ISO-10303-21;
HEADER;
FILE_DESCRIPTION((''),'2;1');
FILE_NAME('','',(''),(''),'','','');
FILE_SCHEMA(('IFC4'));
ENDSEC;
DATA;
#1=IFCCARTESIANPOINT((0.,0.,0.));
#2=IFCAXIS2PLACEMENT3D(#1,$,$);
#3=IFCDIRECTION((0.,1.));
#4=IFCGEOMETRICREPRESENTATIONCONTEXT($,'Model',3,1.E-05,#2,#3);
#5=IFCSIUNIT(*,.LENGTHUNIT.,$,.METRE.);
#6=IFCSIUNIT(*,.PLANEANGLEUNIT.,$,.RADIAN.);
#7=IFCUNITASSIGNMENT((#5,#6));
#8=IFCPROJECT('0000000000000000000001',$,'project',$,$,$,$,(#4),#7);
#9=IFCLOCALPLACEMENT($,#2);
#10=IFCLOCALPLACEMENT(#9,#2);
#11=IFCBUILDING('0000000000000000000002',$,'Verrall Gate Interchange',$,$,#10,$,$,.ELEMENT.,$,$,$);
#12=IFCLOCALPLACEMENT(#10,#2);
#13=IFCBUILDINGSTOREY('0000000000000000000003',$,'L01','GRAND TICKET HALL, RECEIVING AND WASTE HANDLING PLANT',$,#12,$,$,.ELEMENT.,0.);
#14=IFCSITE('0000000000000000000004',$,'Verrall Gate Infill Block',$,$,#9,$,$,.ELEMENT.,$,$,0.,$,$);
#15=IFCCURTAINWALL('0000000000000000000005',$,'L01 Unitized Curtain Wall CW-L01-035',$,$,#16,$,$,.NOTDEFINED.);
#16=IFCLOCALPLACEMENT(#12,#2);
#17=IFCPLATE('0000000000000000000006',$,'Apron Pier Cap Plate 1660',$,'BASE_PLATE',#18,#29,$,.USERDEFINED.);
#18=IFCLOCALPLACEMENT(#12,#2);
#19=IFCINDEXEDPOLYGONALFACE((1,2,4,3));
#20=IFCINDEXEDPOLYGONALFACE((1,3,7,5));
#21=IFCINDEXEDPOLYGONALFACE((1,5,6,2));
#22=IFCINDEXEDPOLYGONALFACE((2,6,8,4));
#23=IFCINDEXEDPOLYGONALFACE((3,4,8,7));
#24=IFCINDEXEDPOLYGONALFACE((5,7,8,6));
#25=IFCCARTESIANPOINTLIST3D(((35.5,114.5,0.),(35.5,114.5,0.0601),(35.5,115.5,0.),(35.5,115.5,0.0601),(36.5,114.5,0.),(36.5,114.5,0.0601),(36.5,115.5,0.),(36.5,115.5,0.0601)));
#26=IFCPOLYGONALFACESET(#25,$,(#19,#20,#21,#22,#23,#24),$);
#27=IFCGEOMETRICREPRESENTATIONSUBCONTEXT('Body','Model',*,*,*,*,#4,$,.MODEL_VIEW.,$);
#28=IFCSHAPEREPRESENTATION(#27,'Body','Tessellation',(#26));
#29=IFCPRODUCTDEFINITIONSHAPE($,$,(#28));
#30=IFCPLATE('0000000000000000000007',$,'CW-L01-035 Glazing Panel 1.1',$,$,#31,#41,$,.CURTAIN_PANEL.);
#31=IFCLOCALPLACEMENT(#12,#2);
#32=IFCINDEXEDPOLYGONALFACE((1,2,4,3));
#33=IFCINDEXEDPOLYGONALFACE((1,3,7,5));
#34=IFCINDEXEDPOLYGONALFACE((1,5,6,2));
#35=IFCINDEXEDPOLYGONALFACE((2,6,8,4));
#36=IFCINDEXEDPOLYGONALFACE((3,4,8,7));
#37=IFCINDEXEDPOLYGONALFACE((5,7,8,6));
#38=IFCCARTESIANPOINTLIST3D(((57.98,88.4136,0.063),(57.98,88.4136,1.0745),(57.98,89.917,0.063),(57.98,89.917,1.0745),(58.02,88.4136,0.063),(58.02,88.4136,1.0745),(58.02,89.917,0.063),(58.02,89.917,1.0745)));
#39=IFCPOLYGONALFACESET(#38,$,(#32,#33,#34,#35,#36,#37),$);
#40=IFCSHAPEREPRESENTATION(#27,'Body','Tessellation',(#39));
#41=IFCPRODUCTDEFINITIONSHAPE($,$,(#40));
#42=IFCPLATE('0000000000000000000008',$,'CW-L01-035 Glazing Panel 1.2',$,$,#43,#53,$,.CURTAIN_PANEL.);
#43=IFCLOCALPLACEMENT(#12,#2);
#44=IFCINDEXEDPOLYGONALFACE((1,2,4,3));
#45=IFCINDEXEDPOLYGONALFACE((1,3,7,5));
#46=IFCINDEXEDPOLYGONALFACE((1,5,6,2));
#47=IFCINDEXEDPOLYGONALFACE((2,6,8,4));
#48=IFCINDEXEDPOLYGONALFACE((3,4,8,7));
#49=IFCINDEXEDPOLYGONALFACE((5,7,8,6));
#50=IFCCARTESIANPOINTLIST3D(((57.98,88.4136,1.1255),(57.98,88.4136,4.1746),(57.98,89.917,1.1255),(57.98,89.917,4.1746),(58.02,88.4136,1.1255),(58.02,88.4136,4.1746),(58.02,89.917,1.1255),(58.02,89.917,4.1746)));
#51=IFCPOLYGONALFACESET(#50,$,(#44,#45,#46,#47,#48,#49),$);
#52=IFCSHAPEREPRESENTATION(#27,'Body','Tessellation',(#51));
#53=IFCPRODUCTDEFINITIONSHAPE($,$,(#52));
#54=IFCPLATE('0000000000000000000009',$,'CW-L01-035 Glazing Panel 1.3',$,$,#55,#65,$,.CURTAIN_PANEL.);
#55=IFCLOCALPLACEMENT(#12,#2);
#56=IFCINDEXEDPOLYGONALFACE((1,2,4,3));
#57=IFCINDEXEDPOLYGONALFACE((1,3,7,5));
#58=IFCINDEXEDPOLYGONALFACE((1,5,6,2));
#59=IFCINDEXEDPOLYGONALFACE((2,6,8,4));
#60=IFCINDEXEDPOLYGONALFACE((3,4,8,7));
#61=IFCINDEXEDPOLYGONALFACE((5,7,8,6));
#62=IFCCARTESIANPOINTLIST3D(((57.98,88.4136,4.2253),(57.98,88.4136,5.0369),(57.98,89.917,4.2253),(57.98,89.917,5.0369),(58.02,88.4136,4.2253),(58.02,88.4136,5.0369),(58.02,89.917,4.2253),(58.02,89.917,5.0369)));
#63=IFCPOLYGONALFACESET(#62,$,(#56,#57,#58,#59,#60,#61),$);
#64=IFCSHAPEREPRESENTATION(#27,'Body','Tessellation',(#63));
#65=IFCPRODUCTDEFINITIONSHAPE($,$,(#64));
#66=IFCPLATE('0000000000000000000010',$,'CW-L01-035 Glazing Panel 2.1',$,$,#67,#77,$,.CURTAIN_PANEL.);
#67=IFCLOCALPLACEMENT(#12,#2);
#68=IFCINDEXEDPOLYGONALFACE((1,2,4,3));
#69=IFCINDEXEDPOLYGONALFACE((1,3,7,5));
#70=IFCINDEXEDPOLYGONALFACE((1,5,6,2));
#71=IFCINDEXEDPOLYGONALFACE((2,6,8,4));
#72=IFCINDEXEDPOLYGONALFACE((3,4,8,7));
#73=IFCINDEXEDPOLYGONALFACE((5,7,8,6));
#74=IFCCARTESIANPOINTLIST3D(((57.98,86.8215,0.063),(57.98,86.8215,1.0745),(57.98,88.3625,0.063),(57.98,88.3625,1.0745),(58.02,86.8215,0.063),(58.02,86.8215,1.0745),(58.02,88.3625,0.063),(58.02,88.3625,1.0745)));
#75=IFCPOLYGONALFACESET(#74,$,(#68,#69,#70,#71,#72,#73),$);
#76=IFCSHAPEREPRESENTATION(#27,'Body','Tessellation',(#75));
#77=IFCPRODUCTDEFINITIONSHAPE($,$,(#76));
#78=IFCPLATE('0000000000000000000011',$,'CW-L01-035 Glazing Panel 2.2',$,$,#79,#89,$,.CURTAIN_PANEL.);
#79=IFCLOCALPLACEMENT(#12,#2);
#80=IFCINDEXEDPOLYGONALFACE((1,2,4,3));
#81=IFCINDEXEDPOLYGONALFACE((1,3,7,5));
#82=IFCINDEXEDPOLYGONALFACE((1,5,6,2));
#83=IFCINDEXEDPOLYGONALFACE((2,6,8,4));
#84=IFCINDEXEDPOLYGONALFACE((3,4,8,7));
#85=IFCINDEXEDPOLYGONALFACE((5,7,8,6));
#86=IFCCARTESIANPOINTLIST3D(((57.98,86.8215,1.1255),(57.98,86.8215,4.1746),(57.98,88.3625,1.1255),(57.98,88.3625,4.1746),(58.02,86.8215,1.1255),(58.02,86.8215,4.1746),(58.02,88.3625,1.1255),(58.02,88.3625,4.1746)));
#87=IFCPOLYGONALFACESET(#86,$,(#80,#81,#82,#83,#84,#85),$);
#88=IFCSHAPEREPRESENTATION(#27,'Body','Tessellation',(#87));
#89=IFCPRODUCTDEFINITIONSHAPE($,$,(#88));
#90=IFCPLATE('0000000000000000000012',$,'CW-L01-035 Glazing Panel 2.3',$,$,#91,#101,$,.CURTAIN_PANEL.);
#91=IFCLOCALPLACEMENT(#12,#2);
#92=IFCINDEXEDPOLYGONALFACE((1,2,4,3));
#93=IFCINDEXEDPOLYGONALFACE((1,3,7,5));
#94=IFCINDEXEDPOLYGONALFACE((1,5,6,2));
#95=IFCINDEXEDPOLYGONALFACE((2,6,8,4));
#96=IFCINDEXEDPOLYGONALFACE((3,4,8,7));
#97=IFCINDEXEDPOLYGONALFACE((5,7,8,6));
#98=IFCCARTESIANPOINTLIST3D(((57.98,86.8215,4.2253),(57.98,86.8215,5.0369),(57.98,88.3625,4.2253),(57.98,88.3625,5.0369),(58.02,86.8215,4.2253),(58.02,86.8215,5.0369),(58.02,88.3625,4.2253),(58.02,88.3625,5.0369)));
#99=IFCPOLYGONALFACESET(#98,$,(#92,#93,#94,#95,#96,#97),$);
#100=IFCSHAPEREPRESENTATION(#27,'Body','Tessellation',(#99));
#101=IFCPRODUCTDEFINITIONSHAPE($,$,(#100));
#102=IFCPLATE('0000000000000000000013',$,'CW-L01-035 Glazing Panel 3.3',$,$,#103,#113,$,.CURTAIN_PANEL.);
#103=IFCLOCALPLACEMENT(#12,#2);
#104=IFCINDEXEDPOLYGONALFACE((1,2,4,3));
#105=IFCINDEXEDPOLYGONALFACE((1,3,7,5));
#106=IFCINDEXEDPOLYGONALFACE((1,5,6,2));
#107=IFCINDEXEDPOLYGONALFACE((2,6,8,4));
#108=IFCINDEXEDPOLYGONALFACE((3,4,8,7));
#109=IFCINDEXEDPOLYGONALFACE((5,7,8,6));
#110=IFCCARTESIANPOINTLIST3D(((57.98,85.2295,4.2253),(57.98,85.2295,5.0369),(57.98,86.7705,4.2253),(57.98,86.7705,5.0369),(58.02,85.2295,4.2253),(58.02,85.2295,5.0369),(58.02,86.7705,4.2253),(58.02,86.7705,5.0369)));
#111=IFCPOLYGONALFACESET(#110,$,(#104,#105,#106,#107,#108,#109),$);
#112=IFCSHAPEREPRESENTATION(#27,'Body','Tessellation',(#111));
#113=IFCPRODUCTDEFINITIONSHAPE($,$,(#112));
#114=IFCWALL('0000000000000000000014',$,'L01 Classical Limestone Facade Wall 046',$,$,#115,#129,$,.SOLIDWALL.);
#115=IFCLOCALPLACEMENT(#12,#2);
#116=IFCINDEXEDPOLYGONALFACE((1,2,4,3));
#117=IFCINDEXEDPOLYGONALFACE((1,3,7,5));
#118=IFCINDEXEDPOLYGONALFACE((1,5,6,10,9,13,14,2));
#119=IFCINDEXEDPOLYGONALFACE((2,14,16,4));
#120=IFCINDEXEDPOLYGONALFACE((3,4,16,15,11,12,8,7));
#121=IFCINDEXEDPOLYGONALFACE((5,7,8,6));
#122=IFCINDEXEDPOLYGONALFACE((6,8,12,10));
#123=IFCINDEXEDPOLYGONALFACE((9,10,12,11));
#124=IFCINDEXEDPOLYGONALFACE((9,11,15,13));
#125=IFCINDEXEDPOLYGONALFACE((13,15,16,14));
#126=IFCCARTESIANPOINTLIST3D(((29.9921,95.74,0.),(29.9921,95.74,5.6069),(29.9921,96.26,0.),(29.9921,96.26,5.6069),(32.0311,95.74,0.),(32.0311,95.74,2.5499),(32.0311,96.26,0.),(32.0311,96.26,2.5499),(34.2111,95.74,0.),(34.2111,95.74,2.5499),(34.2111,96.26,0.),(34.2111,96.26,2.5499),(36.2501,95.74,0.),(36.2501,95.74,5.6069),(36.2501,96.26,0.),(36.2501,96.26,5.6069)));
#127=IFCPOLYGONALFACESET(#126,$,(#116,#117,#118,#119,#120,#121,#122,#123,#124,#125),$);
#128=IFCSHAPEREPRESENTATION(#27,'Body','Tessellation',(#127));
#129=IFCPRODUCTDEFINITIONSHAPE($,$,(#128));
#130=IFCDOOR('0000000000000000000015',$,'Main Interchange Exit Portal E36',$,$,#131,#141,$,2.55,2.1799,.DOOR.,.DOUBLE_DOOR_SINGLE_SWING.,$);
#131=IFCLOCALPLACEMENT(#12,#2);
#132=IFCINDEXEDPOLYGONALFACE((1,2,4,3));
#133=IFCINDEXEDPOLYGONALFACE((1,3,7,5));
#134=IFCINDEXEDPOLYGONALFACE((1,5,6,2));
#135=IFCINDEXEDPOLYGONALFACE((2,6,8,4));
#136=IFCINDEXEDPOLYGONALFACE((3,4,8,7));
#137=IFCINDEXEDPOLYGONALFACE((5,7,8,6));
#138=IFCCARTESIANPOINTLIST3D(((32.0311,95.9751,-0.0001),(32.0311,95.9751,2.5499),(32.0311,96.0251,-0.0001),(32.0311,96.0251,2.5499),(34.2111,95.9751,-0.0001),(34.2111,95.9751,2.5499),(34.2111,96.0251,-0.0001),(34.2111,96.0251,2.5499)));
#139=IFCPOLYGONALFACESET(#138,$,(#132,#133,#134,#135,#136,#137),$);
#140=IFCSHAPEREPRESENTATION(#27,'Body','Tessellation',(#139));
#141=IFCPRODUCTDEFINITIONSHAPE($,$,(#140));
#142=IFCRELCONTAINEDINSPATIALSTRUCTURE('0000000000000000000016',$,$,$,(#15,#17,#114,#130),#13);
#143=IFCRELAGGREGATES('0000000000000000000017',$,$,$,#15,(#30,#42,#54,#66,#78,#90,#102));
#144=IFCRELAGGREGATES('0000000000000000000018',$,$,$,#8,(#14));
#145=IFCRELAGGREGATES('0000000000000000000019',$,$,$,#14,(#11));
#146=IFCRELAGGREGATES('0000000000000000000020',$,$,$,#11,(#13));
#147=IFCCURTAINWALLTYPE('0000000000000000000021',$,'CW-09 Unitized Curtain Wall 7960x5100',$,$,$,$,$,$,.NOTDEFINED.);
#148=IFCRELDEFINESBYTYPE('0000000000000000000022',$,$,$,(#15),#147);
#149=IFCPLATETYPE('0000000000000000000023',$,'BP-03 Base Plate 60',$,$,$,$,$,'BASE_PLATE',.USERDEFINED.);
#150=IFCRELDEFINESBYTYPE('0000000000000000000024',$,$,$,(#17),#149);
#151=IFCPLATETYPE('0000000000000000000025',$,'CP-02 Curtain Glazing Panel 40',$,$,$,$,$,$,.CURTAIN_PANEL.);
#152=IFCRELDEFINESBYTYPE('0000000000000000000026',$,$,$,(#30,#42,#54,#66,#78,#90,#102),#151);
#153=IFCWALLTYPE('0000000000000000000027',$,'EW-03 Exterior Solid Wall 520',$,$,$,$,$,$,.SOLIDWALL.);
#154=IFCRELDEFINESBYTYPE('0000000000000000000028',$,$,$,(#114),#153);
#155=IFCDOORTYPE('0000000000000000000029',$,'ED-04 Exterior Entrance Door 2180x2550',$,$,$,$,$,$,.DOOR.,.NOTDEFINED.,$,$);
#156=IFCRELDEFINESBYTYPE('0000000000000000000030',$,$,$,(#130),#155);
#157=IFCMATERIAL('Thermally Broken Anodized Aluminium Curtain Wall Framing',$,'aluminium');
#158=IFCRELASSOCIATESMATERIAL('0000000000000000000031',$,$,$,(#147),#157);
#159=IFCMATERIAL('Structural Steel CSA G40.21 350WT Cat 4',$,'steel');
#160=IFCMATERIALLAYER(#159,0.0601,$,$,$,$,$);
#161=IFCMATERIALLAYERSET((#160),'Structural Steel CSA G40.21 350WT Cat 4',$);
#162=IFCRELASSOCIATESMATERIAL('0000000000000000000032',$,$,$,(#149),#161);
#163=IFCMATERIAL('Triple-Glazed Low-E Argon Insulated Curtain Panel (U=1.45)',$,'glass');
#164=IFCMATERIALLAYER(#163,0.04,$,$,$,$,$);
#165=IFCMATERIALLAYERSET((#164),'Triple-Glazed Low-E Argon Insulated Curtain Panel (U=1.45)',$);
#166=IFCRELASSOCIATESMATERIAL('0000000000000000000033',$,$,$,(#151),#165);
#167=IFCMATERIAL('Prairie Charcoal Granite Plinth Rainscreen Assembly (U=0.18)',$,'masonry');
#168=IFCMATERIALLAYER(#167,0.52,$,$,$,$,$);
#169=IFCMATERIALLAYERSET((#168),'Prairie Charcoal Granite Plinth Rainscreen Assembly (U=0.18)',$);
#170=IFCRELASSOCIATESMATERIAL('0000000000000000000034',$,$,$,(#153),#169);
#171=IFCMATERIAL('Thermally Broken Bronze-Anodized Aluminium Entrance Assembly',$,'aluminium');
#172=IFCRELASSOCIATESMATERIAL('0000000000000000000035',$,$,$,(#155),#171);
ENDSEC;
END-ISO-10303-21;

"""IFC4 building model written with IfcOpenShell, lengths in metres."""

from ifc_helpers import new_model, si_unit, direction, frame, frame_2d, origin, origin_2d, place, context, subcontext, project, spatial, rectangle, extrude, material, layer, layer_set, type_object, element, fill, aggregate, save


model = new_model("IFC4")

# Units and contexts
model_context = context("Model", 3, precision=1e-05, world=origin(), true_north=direction((0.0, 1.0)))
body_context = subcontext(model_context, "Body", "Model", "MODEL_VIEW")
ifc_project = project(units=[si_unit("LENGTHUNIT", "METRE"), si_unit("PLANEANGLEUNIT", "RADIAN")], contexts=[model_context])

# Site, building, storey
site_placement = place(None, origin())
site = spatial("IfcSite", under=ifc_project, at=site_placement, Name="Verrall Gate Infill Block", CompositionType="ELEMENT", RefElevation=0.0)
building_placement = place(site_placement, origin())
building = spatial("IfcBuilding", under=site, at=building_placement, Name="Verrall Gate Interchange", CompositionType="ELEMENT")
storey_placement = place(building_placement, origin())
storey = spatial("IfcBuildingStorey", under=building, at=storey_placement, Name="L01", Description="GRAND TICKET HALL, RECEIVING AND WASTE HANDLING PLANT", CompositionType="ELEMENT", Elevation=0.0)

# Curtain wall
ifc_material_1 = material(Name="Thermally Broken Anodized Aluminium Curtain Wall Framing", Category="aluminium")
curtain_wall_type = type_object("IfcCurtainWallType", Name="CW-09 Unitized Curtain Wall 7960x5100", PredefinedType="NOTDEFINED", material=ifc_material_1)
curtain_wall_placement = place(storey_placement, origin())
curtain_wall = element("IfcCurtainWall", 1, at=curtain_wall_placement, inside=storey, type_object=curtain_wall_type, Name="L01 Unitized Curtain Wall CW-L01-035", PredefinedType="NOTDEFINED")

# Plate
ifc_material_2 = material(Name="Structural Steel CSA G40.21 350WT Cat 4", Category="steel")
ifc_layer_1 = layer(ifc_material_2, 0.0601)
ifc_layer_set_1 = layer_set([ifc_layer_1], Name="Structural Steel CSA G40.21 350WT Cat 4")
plate_type_1 = type_object("IfcPlateType", Name="BP-03 Base Plate 60", ElementType="BASE_PLATE", PredefinedType="USERDEFINED", material=ifc_layer_set_1)
for number, where, z_axis, x_axis, name in (
    (2, (36.0, 115.0, 0.0), (0.0, 0.0, 1.0), (1.0, 0.0, 0.0), "Apron Pier Cap Plate 1660"),
):
    element("IfcPlate", number, at=place(storey_placement, frame(where, z_axis=z_axis, x_axis=x_axis)), inside=storey, type_object=plate_type_1, Name=name, ObjectType="BASE_PLATE", PredefinedType="USERDEFINED", context=body_context, shape_type="SweptSolid", body=[
        extrude(rectangle(XDim=1.0, YDim=1.0, at=origin_2d()), origin(), (0.0, 0.0, 1.0), 0.0601),
    ])

# Plates
ifc_material_3 = material(Name="Triple-Glazed Low-E Argon Insulated Curtain Panel (U=1.45)", Category="glass")
ifc_layer_2 = layer(ifc_material_3, 0.04)
ifc_layer_set_2 = layer_set([ifc_layer_2], Name="Triple-Glazed Low-E Argon Insulated Curtain Panel (U=1.45)")
plate_type_2 = type_object("IfcPlateType", Name="CP-02 Curtain Glazing Panel 40", PredefinedType="CURTAIN_PANEL", material=ifc_layer_set_2)
plate_1_placement = place(storey_placement, frame((58.0, 89.1653, 0.063), z_axis=(0.0, 0.0, 1.0), x_axis=(0.0, -1.0, 0.0)))
plate_1 = element("IfcPlate", 3, at=plate_1_placement, type_object=plate_type_2, Name="CW-L01-035 Glazing Panel 1.1", PredefinedType="CURTAIN_PANEL", context=body_context, shape_type="SweptSolid", body=[
    extrude(rectangle(XDim=1.5034, YDim=0.04, at=origin_2d()), origin(), (0.0, 0.0, 1.0), 1.0115),
])
plate_2_placement = place(storey_placement, frame((58.0, 89.1653, 1.1255), z_axis=(0.0, 0.0, 1.0), x_axis=(0.0, -1.0, 0.0)))
plate_2 = element("IfcPlate", 4, at=plate_2_placement, type_object=plate_type_2, Name="CW-L01-035 Glazing Panel 1.2", PredefinedType="CURTAIN_PANEL", context=body_context, shape_type="SweptSolid", body=[
    extrude(rectangle(XDim=1.5034, YDim=0.04, at=origin_2d()), origin(), (0.0, 0.0, 1.0), 3.0491),
])
plate_3_placement = place(storey_placement, frame((58.0, 89.1653, 4.2253), z_axis=(0.0, 0.0, 1.0), x_axis=(0.0, -1.0, 0.0)))
plate_3 = element("IfcPlate", 5, at=plate_3_placement, type_object=plate_type_2, Name="CW-L01-035 Glazing Panel 1.3", PredefinedType="CURTAIN_PANEL", context=body_context, shape_type="SweptSolid", body=[
    extrude(rectangle(XDim=1.5034, YDim=0.04, at=origin_2d()), origin(), (0.0, 0.0, 1.0), 0.8115),
])
plate_4_placement = place(storey_placement, frame((58.0, 87.592, 0.063), z_axis=(0.0, 0.0, 1.0), x_axis=(0.0, -1.0, 0.0)))
plate_4 = element("IfcPlate", 6, at=plate_4_placement, type_object=plate_type_2, Name="CW-L01-035 Glazing Panel 2.1", PredefinedType="CURTAIN_PANEL", context=body_context, shape_type="SweptSolid", body=[
    extrude(rectangle(XDim=1.541, YDim=0.04, at=origin_2d()), origin(), (0.0, 0.0, 1.0), 1.0115),
])
plate_5_placement = place(storey_placement, frame((58.0, 87.592, 1.1255), z_axis=(0.0, 0.0, 1.0), x_axis=(0.0, -1.0, 0.0)))
plate_5 = element("IfcPlate", 7, at=plate_5_placement, type_object=plate_type_2, Name="CW-L01-035 Glazing Panel 2.2", PredefinedType="CURTAIN_PANEL", context=body_context, shape_type="SweptSolid", body=[
    extrude(rectangle(XDim=1.541, YDim=0.04, at=origin_2d()), origin(), (0.0, 0.0, 1.0), 3.0491),
])
plate_6_placement = place(storey_placement, frame((58.0, 87.592, 4.2253), z_axis=(0.0, 0.0, 1.0), x_axis=(0.0, -1.0, 0.0)))
plate_6 = element("IfcPlate", 8, at=plate_6_placement, type_object=plate_type_2, Name="CW-L01-035 Glazing Panel 2.3", PredefinedType="CURTAIN_PANEL", context=body_context, shape_type="SweptSolid", body=[
    extrude(rectangle(XDim=1.541, YDim=0.04, at=origin_2d()), origin(), (0.0, 0.0, 1.0), 0.8115),
])
plate_7_placement = place(storey_placement, frame((58.0, 86.0, 4.2253), z_axis=(0.0, 0.0, 1.0), x_axis=(0.0, -1.0, 0.0)))
plate_7 = element("IfcPlate", 9, at=plate_7_placement, type_object=plate_type_2, Name="CW-L01-035 Glazing Panel 3.3", PredefinedType="CURTAIN_PANEL", context=body_context, shape_type="SweptSolid", body=[
    extrude(rectangle(XDim=1.541, YDim=0.04, at=origin_2d()), origin(), (0.0, 0.0, 1.0), 0.8115),
])
aggregate(curtain_wall, [plate_1, plate_2, plate_3, plate_4, plate_5, plate_6, plate_7])

# Wall, opening, door
ifc_material_4 = material(Name="Prairie Charcoal Granite Plinth Rainscreen Assembly (U=0.18)", Category="masonry")
ifc_layer_3 = layer(ifc_material_4, 0.52)
ifc_layer_set_3 = layer_set([ifc_layer_3], Name="Prairie Charcoal Granite Plinth Rainscreen Assembly (U=0.18)")
wall_type = type_object("IfcWallType", Name="EW-03 Exterior Solid Wall 520", PredefinedType="SOLIDWALL", material=ifc_layer_set_3)
wall_placement = place(storey_placement, frame((36.25, 96.0, 0.0), z_axis=(0.0, 0.0, 1.0), x_axis=(-1.0, 0.0, 0.0)))
wall = element("IfcWall", 10, at=wall_placement, inside=storey, type_object=wall_type, Name="L01 Classical Limestone Facade Wall 046", PredefinedType="SOLIDWALL", context=body_context, shape_type="SweptSolid", body=[
    extrude(rectangle(XDim=6.2581, YDim=0.52, at=frame_2d((3.1289, 0.0))), origin(), (0.0, 0.0, 1.0), 5.6069),
])
opening_placement = place(wall_placement, frame((2.0391, 0.0, 0.0)))
opening = element("IfcOpeningElement", 11, at=opening_placement, cuts=wall, PredefinedType="OPENING", context=body_context, shape_type="SweptSolid", body=[
    extrude(rectangle(XDim=2.1799, YDim=2.55, at=frame_2d((1.0898, 1.2749))), frame((0.0, 0.2749, 0.0), z_axis=(0.0, -1.0, 0.0), x_axis=(1.0, 0.0, 0.0)), (0.0, 0.0, 1.0), 0.5498),
])
ifc_material_5 = material(Name="Thermally Broken Bronze-Anodized Aluminium Entrance Assembly", Category="aluminium")
door_type = type_object("IfcDoorType", Name="ED-04 Exterior Entrance Door 2180x2550", OperationType="NOTDEFINED", PredefinedType="DOOR", material=ifc_material_5)
door_placement = place(opening_placement, origin())
door = element("IfcDoor", 12, at=door_placement, inside=storey, type_object=door_type, Name="Main Interchange Exit Portal E36", OperationType="DOUBLE_DOOR_SINGLE_SWING", OverallHeight=2.55, OverallWidth=2.1799, PredefinedType="DOOR", context=body_context, shape_type="SweptSolid", body=[
    extrude(rectangle(XDim=2.1799, YDim=2.55, at=frame_2d((1.0898, 1.2749))), frame((0.0, 0.0249, 0.0), z_axis=(0.0, -1.0, 0.0), x_axis=(1.0, 0.0, 0.0)), (0.0, 0.0, 1.0), 0.05),
])
fill(opening, door)

save(model, "model.ifc")
